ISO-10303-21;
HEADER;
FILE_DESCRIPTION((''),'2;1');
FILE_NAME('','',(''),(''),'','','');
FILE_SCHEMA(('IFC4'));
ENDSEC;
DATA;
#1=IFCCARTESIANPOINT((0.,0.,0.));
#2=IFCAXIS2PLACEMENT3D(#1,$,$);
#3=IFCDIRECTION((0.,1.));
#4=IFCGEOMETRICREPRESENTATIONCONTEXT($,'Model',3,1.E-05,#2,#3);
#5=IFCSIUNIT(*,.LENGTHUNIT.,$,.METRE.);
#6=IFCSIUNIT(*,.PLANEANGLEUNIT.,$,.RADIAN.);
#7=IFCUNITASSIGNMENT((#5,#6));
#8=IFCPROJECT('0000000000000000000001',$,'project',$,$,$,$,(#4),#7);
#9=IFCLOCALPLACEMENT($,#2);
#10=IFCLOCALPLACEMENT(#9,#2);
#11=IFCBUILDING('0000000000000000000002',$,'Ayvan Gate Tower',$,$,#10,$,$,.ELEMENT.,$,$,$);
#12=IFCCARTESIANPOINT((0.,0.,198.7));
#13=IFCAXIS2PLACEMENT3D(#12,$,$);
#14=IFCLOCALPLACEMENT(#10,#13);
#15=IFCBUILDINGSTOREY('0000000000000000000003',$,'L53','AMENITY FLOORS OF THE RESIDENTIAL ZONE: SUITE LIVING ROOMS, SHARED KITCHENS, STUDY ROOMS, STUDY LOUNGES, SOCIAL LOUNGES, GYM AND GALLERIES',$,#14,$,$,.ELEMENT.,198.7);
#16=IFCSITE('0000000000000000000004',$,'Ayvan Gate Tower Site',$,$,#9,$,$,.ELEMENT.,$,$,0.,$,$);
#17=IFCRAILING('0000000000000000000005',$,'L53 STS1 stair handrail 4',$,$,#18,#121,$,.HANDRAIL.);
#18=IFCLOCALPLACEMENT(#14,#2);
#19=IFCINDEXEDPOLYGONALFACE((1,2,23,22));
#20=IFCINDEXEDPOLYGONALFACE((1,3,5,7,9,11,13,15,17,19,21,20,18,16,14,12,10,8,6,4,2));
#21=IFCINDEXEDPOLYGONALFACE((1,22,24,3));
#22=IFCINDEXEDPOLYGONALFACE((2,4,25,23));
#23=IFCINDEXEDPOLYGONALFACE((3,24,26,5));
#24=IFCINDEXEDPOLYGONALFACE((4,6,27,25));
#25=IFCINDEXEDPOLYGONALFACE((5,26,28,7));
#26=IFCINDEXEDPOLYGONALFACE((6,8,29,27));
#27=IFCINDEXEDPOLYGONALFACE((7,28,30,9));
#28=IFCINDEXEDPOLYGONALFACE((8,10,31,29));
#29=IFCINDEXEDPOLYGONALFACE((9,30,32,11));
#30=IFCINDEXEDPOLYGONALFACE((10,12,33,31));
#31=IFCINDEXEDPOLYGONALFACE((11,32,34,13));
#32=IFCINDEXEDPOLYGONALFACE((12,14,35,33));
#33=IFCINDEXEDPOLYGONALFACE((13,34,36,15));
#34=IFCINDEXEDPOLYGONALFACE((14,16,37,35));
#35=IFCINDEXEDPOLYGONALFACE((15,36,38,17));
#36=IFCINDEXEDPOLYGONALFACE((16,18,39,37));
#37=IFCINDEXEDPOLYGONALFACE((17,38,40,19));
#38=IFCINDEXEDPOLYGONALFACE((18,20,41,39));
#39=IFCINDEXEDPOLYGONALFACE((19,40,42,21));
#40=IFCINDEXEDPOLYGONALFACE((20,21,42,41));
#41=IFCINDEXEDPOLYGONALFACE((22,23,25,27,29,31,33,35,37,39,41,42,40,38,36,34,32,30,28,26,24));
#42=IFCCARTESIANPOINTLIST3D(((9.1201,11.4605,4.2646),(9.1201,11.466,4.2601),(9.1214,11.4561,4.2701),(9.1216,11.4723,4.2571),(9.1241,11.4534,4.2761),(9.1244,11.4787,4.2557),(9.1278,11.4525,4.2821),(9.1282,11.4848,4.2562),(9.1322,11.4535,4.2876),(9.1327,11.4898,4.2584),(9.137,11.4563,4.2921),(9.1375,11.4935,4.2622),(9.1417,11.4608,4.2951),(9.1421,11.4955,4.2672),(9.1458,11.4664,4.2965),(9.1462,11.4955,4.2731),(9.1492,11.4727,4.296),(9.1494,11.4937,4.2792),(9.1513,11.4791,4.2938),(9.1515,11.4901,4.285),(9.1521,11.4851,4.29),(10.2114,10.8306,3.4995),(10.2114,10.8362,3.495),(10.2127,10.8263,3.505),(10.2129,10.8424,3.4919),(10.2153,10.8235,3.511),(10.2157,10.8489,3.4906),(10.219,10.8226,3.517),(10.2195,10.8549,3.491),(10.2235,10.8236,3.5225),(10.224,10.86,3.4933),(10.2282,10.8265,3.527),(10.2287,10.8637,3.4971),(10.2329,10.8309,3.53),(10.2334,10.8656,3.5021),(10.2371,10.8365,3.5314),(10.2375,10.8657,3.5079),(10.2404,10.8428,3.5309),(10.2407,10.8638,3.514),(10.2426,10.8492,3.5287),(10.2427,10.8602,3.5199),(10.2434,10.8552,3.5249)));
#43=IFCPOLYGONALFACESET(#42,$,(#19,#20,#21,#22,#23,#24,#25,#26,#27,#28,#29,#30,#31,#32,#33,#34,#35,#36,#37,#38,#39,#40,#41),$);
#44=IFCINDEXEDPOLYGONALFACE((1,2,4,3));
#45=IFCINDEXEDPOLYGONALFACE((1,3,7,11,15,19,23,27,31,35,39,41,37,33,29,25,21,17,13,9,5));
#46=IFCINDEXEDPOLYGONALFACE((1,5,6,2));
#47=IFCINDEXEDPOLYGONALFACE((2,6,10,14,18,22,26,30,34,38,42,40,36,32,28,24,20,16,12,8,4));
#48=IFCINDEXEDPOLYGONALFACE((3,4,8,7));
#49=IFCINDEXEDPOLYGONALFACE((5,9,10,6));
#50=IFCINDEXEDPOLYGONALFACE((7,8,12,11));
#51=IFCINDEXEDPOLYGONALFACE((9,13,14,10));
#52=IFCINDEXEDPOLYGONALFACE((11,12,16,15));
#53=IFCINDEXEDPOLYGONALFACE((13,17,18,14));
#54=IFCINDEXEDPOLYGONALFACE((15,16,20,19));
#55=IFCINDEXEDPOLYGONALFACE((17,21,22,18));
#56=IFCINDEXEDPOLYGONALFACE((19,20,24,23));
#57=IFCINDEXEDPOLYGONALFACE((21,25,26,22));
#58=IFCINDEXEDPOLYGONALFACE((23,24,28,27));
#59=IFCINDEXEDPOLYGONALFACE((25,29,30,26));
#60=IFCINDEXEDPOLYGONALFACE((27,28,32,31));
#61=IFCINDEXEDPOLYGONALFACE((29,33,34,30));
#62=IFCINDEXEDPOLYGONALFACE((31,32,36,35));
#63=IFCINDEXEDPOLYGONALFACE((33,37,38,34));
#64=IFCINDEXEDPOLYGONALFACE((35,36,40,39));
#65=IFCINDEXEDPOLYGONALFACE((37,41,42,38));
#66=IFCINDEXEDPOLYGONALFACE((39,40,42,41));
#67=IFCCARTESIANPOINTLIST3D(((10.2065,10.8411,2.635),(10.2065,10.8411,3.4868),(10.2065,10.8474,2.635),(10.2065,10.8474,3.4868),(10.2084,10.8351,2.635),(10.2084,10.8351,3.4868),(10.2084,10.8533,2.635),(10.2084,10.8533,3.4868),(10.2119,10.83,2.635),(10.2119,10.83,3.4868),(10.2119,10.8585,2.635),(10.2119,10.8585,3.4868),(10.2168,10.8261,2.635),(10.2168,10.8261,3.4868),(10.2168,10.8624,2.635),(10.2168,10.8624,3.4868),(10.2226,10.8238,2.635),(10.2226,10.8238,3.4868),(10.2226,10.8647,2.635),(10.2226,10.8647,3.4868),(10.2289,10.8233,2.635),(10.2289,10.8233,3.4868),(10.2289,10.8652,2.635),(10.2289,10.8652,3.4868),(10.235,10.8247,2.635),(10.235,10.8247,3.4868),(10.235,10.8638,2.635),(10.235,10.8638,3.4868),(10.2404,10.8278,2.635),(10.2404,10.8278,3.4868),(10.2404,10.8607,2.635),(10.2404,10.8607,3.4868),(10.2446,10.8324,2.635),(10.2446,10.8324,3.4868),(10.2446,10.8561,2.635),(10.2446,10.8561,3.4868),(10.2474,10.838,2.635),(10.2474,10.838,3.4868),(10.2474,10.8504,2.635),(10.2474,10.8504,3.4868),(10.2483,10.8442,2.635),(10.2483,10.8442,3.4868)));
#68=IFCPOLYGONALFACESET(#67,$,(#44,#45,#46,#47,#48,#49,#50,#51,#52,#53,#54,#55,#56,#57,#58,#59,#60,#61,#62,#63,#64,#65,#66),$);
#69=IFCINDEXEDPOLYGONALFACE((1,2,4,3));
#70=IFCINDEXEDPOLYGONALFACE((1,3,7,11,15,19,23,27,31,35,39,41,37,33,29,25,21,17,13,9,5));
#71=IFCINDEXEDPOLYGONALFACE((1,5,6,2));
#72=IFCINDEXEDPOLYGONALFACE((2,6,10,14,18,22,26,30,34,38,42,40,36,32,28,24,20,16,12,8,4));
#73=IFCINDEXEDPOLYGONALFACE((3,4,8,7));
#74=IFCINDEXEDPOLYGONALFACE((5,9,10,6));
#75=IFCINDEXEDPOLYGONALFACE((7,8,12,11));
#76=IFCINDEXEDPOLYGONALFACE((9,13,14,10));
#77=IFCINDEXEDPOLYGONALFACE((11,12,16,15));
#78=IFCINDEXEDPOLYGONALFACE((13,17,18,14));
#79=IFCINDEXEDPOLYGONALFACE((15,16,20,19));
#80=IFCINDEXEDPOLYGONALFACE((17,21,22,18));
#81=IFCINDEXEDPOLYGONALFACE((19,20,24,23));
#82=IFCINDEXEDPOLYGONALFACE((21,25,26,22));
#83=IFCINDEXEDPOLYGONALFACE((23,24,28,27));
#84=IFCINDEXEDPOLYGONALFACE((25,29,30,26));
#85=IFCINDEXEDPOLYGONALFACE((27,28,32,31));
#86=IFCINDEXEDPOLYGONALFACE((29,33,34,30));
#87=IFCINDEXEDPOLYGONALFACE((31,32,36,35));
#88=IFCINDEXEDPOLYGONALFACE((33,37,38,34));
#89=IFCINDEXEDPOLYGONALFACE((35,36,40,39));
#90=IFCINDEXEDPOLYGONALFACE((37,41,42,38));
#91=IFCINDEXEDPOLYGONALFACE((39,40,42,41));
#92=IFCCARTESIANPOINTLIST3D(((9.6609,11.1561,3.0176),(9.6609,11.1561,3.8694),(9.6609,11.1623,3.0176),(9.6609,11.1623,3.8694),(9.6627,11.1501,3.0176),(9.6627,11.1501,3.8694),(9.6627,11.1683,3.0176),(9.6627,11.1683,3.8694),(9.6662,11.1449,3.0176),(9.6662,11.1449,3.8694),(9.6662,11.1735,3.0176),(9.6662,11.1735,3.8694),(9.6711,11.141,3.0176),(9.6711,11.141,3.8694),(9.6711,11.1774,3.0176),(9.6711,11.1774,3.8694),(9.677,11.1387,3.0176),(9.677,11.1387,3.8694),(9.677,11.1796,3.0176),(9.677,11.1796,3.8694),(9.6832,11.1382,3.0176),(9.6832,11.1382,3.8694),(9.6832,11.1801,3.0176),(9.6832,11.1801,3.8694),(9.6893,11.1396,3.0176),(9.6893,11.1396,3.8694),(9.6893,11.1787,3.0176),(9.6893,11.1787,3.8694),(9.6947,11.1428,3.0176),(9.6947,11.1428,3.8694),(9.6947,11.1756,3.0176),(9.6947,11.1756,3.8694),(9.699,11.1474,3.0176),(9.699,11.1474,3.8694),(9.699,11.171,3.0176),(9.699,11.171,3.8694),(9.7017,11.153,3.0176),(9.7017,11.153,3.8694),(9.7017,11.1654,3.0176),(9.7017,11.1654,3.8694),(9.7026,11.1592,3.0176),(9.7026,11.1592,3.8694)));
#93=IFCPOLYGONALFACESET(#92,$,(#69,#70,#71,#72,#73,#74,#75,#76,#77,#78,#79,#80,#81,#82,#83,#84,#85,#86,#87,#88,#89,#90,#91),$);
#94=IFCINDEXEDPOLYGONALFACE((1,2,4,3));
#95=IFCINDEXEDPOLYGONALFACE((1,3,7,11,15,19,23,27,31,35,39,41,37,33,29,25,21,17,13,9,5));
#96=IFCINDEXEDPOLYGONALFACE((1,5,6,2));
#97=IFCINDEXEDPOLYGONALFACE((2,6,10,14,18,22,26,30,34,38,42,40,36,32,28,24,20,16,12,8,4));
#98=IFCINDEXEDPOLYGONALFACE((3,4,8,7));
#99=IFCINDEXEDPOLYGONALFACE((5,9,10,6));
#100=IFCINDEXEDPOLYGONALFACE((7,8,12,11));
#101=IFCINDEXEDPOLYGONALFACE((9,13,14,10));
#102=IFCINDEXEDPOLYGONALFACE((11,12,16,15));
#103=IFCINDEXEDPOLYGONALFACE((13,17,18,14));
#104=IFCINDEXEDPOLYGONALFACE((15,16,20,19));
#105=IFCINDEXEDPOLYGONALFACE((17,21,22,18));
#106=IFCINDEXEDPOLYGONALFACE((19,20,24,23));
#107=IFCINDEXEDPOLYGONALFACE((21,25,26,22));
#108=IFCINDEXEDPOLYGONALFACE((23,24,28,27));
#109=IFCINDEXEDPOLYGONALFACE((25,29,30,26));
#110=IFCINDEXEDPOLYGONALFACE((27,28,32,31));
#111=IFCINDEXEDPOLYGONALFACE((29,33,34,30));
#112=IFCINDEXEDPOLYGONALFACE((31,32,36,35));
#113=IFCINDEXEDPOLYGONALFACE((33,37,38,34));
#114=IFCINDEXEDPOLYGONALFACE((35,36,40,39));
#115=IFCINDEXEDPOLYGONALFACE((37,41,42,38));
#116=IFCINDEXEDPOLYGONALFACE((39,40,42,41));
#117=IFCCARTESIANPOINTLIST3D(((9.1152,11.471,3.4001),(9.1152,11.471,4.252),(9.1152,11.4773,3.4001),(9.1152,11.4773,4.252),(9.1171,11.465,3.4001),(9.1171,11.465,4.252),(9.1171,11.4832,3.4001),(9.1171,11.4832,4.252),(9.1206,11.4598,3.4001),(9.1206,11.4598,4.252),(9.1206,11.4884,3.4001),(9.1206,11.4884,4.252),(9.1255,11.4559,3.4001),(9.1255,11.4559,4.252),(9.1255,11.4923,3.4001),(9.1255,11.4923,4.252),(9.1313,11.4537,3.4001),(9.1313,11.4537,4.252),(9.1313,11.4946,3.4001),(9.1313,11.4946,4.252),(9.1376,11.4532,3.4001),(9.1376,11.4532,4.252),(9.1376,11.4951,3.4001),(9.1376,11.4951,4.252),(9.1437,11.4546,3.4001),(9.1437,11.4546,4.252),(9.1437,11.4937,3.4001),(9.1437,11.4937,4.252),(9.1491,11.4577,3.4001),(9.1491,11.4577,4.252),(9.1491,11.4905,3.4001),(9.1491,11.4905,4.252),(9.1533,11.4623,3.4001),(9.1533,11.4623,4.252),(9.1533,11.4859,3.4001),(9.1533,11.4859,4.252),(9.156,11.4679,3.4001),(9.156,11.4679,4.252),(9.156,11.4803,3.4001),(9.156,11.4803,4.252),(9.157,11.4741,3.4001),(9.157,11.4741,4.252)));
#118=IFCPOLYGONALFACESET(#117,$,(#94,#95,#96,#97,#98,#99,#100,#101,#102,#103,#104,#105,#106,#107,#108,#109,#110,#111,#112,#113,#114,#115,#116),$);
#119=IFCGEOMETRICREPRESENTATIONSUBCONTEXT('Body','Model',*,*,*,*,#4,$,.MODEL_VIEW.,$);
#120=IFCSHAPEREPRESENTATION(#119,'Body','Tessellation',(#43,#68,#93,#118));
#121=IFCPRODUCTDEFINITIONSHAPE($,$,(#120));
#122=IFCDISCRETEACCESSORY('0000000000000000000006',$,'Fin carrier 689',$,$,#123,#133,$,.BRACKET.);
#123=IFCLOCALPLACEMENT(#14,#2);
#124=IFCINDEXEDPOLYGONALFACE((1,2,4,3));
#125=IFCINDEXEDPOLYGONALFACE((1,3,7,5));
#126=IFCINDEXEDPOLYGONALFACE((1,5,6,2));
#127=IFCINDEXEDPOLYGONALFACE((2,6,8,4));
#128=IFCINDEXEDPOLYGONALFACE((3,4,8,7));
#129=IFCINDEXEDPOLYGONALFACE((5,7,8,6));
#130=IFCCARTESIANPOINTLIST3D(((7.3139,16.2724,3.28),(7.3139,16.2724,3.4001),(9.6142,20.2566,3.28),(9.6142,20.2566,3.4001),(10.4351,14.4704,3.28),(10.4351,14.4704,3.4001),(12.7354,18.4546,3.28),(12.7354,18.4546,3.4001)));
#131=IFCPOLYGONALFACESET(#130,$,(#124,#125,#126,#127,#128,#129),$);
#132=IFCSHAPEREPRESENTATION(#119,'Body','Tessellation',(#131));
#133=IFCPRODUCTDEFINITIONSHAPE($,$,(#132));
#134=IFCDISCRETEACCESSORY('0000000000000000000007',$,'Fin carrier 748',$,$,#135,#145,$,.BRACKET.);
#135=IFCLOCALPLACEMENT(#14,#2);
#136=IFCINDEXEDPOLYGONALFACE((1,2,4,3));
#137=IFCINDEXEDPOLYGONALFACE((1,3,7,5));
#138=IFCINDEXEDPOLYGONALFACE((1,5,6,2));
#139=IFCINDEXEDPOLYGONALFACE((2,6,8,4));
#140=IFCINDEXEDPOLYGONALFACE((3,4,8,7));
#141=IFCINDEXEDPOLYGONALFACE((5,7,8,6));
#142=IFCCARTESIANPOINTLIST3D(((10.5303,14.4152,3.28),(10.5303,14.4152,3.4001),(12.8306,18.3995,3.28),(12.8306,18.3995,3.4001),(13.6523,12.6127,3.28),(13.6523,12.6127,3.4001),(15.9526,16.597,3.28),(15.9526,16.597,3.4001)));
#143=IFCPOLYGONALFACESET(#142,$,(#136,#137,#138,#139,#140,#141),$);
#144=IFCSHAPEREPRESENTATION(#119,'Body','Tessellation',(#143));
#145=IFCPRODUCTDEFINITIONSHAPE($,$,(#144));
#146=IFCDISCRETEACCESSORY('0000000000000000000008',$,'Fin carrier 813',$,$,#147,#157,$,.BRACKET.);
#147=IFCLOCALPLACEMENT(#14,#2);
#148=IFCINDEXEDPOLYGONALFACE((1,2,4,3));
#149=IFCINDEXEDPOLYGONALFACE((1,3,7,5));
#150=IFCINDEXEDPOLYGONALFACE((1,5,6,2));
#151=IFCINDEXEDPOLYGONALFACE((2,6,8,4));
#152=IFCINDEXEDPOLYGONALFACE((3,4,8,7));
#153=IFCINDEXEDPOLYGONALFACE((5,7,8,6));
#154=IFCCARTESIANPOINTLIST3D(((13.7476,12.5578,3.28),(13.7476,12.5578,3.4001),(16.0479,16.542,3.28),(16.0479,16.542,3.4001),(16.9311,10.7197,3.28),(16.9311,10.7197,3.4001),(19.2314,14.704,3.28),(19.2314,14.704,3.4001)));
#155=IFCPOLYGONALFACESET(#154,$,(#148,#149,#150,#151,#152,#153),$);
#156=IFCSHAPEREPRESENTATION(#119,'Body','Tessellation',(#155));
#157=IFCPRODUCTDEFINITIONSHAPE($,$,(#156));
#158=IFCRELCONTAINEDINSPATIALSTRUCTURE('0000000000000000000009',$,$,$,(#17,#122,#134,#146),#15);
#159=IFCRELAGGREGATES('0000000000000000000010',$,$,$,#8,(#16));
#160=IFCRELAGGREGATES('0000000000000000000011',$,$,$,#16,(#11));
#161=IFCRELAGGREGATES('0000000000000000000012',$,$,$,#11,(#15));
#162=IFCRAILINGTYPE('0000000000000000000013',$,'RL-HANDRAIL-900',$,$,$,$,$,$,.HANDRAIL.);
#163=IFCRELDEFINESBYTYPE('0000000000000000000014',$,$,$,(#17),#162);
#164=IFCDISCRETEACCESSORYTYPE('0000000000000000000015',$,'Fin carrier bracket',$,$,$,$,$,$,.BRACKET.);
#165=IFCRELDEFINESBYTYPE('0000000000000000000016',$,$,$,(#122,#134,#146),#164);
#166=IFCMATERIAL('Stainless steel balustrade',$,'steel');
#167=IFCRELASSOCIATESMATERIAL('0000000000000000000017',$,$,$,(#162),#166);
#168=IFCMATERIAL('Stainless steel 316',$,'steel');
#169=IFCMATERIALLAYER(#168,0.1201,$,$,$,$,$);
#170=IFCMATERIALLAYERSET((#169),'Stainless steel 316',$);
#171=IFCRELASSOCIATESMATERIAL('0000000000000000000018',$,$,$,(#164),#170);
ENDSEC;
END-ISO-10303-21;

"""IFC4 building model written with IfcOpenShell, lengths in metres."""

from ifc_helpers import new_model, si_unit, direction, frame, origin, origin_2d, place, context, subcontext, project, spatial, rectangle, circle, extrude, material, layer, layer_set, type_object, element, save


model = new_model("IFC4")

# Units and contexts
model_context = context("Model", 3, precision=1e-05, world=origin(), true_north=direction((0.0, 1.0)))
body_context = subcontext(model_context, "Body", "Model", "MODEL_VIEW")
ifc_project = project(units=[si_unit("LENGTHUNIT", "METRE"), si_unit("PLANEANGLEUNIT", "RADIAN")], contexts=[model_context])

# Site, building, storey
site_placement = place(None, origin())
site = spatial("IfcSite", under=ifc_project, at=site_placement, Name="Ayvan Gate Tower Site", CompositionType="ELEMENT", RefElevation=0.0)
building_placement = place(site_placement, origin())
building = spatial("IfcBuilding", under=site, at=building_placement, Name="Ayvan Gate Tower", CompositionType="ELEMENT")
storey_placement = place(building_placement, frame((0.0, 0.0, 198.7)))
storey = spatial("IfcBuildingStorey", under=building, at=storey_placement, Name="L53", Description="AMENITY FLOORS OF THE RESIDENTIAL ZONE: SUITE LIVING ROOMS, SHARED KITCHENS, STUDY ROOMS, STUDY LOUNGES, SOCIAL LOUNGES, GYM AND GALLERIES", CompositionType="ELEMENT", Elevation=198.7)

# Railing
ifc_material_1 = material(Name="Stainless steel balustrade", Category="steel")
railing_type = type_object("IfcRailingType", Name="RL-HANDRAIL-900", PredefinedType="HANDRAIL", material=ifc_material_1)
railing_placement = place(storey_placement, frame((10.2273, 10.8442, 2.635)))
element("IfcRailing", 1, at=railing_placement, inside=storey, type_object=railing_type, Name="L53 STS1 stair handrail 4", PredefinedType="HANDRAIL", context=body_context, shape_type="SweptSolid", body=[
    extrude(circle(Radius=0.0239, at=origin_2d()), frame((0.0, 0.0, 0.876), z_axis=(-0.740293, 0.427283, 0.519033), x_axis=(-0.49989, -0.866089, 0.0)), (0.0, 0.0, 1.0), 1.4741),
    extrude(circle(Radius=0.021, at=origin_2d()), origin(), (0.0, 0.0, 1.0), 0.8518),
    extrude(circle(Radius=0.021, at=origin_2d()), frame((-0.5457, 0.3149, 0.3826)), (0.0, 0.0, 1.0), 0.8518),
    extrude(circle(Radius=0.021, at=origin_2d()), frame((-1.0913, 0.6299, 0.7651)), (0.0, 0.0, 1.0), 0.8518),
])

# Discrete accessories
ifc_material_2 = material(Name="Stainless steel 316", Category="steel")
ifc_layer_1 = layer(ifc_material_2, 0.1201)
ifc_layer_set_1 = layer_set([ifc_layer_1], Name="Stainless steel 316")
discrete_accessory_type = type_object("IfcDiscreteAccessoryType", Name="Fin carrier bracket", PredefinedType="BRACKET", material=ifc_layer_set_1)
discrete_accessory_1_placement = place(storey_placement, frame((10.0247, 17.3635, 3.28), z_axis=(0.0, 0.0, 1.0), x_axis=(-0.866025, 0.5, 0.0)))
element("IfcDiscreteAccessory", 2, at=discrete_accessory_1_placement, inside=storey, type_object=discrete_accessory_type, Name="Fin carrier 689", PredefinedType="BRACKET", context=body_context, shape_type="SweptSolid", body=[
    extrude(rectangle(XDim=3.604, YDim=4.6006, at=origin_2d()), origin(), (0.0, 0.0, 1.0), 0.1201),
])
discrete_accessory_2_placement = place(storey_placement, frame((13.2415, 15.5061, 3.28), z_axis=(0.0, 0.0, 1.0), x_axis=(-0.866025, 0.5, 0.0)))
element("IfcDiscreteAccessory", 3, at=discrete_accessory_2_placement, inside=storey, type_object=discrete_accessory_type, Name="Fin carrier 748", PredefinedType="BRACKET", context=body_context, shape_type="SweptSolid", body=[
    extrude(rectangle(XDim=3.605, YDim=4.6006, at=origin_2d()), origin(), (0.0, 0.0, 1.0), 0.1201),
])
discrete_accessory_3_placement = place(storey_placement, frame((16.4895, 13.6309, 3.28), z_axis=(0.0, 0.0, 1.0), x_axis=(-0.866025, 0.5, 0.0)))
element("IfcDiscreteAccessory", 4, at=discrete_accessory_3_placement, inside=storey, type_object=discrete_accessory_type, Name="Fin carrier 813", PredefinedType="BRACKET", context=body_context, shape_type="SweptSolid", body=[
    extrude(rectangle(XDim=3.676, YDim=4.6006, at=origin_2d()), origin(), (0.0, 0.0, 1.0), 0.1201),
])

save(model, "model.ifc")
